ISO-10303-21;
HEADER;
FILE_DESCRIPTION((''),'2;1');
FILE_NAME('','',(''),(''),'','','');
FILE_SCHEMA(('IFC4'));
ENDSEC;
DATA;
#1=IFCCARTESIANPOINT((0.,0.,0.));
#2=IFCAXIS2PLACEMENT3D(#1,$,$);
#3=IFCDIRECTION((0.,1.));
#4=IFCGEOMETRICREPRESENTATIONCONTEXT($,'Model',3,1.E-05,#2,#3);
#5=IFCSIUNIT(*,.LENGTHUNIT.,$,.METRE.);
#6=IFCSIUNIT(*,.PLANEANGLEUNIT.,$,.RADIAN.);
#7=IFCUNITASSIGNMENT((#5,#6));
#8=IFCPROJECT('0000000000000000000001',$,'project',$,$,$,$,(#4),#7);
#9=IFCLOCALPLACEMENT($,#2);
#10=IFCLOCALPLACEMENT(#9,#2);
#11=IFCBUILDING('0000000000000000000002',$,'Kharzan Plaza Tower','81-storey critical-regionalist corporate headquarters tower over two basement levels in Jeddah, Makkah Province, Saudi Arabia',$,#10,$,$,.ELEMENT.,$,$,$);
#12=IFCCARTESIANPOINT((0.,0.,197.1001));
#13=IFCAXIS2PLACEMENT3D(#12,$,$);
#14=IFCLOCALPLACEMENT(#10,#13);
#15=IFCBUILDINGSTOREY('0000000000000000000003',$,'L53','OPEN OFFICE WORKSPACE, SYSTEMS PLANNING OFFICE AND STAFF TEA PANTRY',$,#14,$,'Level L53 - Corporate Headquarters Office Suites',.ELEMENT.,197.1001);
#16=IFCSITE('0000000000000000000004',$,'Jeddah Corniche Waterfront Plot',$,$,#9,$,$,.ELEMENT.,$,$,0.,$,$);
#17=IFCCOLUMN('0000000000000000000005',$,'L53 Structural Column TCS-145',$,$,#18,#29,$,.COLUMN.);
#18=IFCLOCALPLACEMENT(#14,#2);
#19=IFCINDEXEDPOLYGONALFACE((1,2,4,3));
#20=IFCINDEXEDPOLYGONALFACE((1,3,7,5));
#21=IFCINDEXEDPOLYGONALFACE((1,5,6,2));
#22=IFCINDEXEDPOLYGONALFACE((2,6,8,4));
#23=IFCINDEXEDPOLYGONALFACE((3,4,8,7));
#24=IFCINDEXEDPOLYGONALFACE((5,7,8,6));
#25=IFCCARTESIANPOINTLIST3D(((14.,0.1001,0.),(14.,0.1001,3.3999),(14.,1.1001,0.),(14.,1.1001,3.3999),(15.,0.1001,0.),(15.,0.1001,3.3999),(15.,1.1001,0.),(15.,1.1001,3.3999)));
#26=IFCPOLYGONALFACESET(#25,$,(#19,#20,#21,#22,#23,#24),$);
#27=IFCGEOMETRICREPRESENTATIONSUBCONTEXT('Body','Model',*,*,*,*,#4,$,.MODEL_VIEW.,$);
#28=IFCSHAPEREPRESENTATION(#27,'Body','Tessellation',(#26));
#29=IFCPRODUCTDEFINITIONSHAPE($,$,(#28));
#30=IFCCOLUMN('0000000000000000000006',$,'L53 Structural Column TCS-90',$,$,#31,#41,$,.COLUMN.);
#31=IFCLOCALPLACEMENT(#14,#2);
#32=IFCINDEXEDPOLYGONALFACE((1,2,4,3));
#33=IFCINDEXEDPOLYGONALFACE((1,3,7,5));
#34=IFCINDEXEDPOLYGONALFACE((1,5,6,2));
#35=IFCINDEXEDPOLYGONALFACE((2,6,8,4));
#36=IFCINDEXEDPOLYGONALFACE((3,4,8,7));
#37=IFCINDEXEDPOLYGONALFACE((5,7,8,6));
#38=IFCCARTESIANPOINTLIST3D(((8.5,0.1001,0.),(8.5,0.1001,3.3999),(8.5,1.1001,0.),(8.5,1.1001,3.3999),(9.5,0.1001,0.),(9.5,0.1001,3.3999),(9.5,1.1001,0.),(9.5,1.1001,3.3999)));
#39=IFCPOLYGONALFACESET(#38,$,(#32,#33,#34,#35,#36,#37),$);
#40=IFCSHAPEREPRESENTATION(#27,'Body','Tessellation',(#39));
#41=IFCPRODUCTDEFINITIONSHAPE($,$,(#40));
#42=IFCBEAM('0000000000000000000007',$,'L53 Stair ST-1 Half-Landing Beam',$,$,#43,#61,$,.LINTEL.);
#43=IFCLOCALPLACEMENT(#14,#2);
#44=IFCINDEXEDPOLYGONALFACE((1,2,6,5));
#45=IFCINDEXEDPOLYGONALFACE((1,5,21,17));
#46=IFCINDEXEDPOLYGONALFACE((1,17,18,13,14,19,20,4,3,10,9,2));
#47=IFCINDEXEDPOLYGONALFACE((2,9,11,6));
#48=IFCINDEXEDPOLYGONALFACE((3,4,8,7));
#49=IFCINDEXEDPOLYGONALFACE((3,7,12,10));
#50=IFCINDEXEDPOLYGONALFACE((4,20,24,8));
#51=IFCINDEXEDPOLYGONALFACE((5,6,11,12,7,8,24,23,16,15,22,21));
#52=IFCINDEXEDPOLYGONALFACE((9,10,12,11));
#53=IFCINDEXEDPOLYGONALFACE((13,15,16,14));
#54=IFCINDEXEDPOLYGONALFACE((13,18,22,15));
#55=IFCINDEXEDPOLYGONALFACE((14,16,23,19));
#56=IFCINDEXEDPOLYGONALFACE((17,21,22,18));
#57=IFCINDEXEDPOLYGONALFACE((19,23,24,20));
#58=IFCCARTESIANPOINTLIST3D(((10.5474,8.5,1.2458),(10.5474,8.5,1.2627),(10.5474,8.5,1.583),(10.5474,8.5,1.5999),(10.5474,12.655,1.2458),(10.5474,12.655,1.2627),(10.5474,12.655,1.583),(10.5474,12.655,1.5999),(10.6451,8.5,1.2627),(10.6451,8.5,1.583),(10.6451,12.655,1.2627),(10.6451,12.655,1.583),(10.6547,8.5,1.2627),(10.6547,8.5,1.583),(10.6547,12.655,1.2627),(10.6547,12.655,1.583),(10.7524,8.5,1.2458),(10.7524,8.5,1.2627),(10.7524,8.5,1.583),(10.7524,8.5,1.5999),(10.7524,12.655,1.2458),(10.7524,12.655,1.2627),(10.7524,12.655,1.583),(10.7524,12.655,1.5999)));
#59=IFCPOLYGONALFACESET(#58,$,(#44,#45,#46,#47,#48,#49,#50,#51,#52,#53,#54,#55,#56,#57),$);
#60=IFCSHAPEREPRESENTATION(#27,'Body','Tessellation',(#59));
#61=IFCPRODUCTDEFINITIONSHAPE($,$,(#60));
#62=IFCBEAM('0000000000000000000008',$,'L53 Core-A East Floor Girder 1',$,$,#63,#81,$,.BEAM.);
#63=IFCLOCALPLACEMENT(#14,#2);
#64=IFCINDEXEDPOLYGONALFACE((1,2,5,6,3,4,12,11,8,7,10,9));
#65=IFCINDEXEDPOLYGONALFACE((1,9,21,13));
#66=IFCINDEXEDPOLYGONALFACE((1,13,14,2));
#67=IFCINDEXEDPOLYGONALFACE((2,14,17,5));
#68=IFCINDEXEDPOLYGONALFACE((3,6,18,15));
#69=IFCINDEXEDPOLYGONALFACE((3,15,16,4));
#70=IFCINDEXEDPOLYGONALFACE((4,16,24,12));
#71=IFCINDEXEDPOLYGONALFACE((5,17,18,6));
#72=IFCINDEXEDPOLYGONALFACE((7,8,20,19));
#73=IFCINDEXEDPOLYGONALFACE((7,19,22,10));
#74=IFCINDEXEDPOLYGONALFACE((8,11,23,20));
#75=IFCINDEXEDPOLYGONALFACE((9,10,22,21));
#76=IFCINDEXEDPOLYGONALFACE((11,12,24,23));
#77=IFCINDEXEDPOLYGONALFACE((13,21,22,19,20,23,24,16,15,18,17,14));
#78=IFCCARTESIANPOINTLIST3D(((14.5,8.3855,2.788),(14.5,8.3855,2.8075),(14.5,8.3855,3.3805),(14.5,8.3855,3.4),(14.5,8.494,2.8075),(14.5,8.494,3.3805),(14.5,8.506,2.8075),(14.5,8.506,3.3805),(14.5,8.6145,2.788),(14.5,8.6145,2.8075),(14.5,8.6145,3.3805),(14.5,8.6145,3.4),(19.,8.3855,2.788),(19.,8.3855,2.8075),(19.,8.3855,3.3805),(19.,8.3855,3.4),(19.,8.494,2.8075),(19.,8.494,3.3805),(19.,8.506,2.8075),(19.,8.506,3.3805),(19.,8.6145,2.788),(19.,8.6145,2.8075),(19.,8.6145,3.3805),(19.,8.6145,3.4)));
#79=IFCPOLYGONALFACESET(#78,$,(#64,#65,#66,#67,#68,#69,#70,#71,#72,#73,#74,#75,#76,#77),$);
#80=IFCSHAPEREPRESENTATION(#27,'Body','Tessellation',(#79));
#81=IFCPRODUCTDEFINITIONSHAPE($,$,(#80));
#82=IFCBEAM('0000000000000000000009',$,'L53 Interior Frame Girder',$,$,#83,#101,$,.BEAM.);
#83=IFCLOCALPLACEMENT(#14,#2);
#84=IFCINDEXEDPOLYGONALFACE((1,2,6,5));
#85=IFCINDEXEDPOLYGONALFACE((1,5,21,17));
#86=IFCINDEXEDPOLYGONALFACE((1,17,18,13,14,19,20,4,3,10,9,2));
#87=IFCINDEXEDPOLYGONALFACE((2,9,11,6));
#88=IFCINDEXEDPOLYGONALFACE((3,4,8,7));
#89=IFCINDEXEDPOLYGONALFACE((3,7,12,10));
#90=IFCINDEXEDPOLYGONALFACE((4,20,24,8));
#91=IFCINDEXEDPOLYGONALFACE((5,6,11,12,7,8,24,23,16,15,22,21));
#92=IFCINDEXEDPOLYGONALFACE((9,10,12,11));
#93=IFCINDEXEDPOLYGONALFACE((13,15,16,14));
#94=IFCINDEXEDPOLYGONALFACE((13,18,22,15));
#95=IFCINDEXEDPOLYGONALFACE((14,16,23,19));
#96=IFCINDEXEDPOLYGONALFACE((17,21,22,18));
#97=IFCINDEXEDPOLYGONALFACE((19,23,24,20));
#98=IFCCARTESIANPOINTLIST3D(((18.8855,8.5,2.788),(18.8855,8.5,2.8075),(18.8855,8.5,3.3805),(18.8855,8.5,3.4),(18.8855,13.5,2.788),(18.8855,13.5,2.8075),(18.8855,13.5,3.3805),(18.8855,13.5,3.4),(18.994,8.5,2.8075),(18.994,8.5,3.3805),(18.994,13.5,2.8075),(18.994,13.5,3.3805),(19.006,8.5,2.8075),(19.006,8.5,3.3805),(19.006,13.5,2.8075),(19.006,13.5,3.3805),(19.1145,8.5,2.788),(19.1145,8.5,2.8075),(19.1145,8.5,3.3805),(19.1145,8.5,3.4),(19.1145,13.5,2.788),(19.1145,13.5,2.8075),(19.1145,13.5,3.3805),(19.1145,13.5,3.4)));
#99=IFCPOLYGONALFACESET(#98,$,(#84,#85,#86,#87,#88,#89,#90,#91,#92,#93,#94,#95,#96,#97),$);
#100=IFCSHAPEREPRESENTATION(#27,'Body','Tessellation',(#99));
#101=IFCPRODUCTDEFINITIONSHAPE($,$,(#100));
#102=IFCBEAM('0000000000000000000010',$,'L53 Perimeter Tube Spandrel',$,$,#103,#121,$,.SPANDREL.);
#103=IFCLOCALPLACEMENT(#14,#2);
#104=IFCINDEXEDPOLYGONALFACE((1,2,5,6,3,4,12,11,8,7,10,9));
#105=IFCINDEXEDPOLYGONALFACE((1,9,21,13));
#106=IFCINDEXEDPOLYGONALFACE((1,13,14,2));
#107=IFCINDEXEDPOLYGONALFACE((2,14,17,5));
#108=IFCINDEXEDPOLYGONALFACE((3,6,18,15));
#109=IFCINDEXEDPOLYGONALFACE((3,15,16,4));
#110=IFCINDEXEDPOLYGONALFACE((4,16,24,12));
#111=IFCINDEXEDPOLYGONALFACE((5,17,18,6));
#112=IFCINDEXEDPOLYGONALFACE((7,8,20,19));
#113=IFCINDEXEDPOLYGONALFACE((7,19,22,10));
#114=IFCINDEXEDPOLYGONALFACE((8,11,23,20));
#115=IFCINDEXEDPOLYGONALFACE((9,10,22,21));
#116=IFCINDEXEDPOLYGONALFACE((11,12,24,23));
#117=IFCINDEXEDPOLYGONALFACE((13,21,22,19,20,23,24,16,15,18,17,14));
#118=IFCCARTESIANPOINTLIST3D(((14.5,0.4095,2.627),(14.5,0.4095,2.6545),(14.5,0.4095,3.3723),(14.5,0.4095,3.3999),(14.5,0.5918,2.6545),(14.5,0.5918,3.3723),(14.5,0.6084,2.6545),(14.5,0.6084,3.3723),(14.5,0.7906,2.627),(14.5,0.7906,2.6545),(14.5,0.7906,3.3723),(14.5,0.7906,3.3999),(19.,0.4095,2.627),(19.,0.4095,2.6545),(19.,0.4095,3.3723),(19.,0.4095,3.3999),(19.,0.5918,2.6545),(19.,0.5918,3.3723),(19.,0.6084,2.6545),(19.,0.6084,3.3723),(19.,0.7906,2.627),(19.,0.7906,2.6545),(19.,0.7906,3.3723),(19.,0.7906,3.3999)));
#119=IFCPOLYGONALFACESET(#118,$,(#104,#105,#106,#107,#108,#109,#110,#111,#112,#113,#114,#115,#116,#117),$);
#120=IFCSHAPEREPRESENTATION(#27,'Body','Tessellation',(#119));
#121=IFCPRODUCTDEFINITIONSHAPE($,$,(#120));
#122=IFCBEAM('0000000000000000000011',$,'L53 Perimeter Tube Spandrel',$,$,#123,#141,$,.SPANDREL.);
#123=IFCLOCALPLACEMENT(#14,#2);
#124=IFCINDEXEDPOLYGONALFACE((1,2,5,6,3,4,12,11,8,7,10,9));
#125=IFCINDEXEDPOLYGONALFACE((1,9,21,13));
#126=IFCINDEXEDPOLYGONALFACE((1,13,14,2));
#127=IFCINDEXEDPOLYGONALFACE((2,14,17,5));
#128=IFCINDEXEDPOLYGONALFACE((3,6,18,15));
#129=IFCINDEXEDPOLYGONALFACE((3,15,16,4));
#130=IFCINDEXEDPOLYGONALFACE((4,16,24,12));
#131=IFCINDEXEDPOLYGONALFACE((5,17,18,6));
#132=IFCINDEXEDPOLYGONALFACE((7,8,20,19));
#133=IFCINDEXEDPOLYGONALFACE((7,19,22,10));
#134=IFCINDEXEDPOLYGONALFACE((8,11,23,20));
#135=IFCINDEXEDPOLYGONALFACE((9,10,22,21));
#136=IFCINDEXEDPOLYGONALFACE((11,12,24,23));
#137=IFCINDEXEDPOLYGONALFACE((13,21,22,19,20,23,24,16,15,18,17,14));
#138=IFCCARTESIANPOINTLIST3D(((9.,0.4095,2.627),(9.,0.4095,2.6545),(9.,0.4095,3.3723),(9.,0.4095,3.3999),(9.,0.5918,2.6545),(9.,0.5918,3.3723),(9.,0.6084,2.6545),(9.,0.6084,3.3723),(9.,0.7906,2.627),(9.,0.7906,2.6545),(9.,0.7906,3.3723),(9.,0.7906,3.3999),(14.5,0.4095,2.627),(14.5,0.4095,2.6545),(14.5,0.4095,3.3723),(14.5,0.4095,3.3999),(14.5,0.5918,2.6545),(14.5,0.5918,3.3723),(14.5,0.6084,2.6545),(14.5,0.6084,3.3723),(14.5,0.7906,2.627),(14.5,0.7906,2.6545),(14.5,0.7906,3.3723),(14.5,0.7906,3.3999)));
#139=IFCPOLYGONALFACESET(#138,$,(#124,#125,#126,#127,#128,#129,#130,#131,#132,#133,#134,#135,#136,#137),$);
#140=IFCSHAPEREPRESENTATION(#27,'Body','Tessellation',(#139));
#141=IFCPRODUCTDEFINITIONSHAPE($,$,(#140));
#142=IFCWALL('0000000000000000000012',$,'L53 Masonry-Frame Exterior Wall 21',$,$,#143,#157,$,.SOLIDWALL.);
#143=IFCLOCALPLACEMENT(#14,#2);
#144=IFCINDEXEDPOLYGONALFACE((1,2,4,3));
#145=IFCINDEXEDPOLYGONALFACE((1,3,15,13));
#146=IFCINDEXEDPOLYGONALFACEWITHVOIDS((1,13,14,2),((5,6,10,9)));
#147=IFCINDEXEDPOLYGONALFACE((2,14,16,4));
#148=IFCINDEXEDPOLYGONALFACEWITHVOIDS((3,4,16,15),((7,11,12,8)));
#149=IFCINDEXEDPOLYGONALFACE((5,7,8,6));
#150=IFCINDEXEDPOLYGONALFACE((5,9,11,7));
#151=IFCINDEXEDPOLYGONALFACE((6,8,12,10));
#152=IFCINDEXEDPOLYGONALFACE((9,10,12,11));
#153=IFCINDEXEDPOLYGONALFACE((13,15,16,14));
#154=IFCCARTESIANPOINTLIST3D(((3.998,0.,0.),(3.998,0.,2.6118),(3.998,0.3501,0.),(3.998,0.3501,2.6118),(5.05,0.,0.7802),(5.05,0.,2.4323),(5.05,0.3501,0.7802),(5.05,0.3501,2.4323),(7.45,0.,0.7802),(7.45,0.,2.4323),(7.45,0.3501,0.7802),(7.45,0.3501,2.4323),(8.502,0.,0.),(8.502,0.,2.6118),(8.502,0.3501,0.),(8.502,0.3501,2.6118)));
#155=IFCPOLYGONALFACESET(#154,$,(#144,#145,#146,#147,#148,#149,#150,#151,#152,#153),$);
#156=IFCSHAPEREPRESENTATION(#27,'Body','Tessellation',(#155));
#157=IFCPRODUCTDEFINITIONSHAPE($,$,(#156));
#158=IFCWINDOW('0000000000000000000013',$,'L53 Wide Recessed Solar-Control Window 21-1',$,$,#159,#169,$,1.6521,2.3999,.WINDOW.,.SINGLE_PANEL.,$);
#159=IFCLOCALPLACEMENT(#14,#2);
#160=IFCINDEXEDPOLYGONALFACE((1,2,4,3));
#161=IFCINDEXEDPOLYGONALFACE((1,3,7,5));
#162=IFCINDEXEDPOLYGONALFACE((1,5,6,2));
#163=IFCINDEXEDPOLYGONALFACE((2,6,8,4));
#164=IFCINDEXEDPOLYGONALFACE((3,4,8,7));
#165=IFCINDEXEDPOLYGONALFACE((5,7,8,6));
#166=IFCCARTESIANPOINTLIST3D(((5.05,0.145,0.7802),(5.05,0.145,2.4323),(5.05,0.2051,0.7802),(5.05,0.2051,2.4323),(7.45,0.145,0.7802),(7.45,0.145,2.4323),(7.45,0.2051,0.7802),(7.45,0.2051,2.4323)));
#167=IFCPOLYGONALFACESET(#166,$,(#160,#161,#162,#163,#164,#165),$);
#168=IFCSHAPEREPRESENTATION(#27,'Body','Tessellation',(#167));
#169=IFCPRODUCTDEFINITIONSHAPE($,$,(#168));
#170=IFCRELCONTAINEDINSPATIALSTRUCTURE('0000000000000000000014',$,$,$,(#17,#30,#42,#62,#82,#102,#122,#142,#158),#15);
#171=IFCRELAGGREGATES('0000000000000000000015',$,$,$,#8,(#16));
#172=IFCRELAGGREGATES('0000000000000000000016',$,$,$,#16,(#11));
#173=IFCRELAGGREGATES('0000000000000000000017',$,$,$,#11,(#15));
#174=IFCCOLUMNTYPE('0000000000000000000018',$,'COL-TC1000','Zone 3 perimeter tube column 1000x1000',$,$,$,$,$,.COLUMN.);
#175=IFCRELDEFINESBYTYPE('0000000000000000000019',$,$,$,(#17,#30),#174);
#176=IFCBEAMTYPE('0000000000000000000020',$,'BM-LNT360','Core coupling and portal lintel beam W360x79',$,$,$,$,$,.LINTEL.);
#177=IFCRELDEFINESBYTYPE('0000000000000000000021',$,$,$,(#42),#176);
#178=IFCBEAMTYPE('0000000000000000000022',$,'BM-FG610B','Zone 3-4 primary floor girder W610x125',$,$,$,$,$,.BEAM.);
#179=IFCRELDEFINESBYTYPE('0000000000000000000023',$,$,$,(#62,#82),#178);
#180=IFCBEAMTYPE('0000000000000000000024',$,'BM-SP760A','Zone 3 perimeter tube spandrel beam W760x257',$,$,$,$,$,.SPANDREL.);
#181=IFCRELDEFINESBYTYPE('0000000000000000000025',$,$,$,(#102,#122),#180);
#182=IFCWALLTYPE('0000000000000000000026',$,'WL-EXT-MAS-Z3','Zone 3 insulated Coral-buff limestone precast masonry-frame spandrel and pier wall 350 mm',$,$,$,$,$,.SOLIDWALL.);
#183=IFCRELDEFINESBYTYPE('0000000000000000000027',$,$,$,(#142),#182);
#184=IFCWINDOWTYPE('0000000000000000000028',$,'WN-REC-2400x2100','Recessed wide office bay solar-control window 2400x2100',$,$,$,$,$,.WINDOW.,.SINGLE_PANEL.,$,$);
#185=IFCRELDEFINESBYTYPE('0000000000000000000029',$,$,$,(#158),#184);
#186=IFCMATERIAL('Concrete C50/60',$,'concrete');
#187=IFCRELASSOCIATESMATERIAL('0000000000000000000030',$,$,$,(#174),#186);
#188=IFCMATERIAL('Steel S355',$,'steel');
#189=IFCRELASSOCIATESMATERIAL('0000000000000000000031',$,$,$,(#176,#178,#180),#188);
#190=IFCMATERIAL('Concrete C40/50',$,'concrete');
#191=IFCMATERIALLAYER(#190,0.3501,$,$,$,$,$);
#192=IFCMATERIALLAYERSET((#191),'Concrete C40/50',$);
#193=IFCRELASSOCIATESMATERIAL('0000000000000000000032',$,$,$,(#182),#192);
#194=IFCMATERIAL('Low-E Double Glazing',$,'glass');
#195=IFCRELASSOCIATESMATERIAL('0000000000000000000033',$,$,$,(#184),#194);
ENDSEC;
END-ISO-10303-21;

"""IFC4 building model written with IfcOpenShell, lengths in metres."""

from ifc_helpers import new_model, si_unit, direction, frame, frame_2d, origin, origin_2d, place, context, subcontext, project, spatial, rectangle, i_section, extrude, source, transform, mapped, material, layer, layer_set, material_profile, profile_set, type_object, element, fill, save


model = new_model("IFC4")

# Units and contexts
model_context = context("Model", 3, precision=1e-05, world=origin(), true_north=direction((0.0, 1.0)))
body_context = subcontext(model_context, "Body", "Model", "MODEL_VIEW")
ifc_project = project(units=[si_unit("LENGTHUNIT", "METRE"), si_unit("PLANEANGLEUNIT", "RADIAN")], contexts=[model_context])

# Site, building, storey
site_placement = place(None, origin())
site = spatial("IfcSite", under=ifc_project, at=site_placement, Name="Jeddah Corniche Waterfront Plot", CompositionType="ELEMENT", RefElevation=0.0)
building_placement = place(site_placement, origin())
building = spatial("IfcBuilding", under=site, at=building_placement, Name="Kharzan Plaza Tower", Description="81-storey critical-regionalist corporate headquarters tower over two basement levels in Jeddah, Makkah Province, Saudi Arabia", CompositionType="ELEMENT")
storey_placement = place(building_placement, frame((0.0, 0.0, 197.1001)))
storey = spatial("IfcBuildingStorey", under=building, at=storey_placement, Name="L53", Description="OPEN OFFICE WORKSPACE, SYSTEMS PLANNING OFFICE AND STAFF TEA PANTRY", LongName="Level L53 - Corporate Headquarters Office Suites", CompositionType="ELEMENT", Elevation=197.1001)

# Columns
ifc_material_1 = material(Name="Concrete C50/60", Category="concrete")
ifc_material_profile_1 = material_profile(ifc_material_1, rectangle(XDim=1.0, YDim=1.0, at=origin_2d()), Name="RC-TC1000x1000")
ifc_profile_set_1 = profile_set([ifc_material_profile_1], Name="Concrete C50/60")
column_type = type_object("IfcColumnType", Name="COL-TC1000", Description="Zone 3 perimeter tube column 1000x1000", PredefinedType="COLUMN", material=ifc_profile_set_1)
shared_shape_1 = source(origin(), body_context, "Body", "SweptSolid", [
    extrude(rectangle(XDim=1.0, YDim=1.0, at=origin_2d()), origin(), (0.0, 0.0, 1.0), 3.3999),
])
for number, where, z_axis, x_axis, name in (
    (1, (14.5, 0.6001, 0.0), (0.0, 0.0, 1.0), (1.0, 0.0, 0.0), "L53 Structural Column TCS-145"),
    (2, (9.0, 0.6001, 0.0), (0.0, 0.0, 1.0), (1.0, 0.0, 0.0), "L53 Structural Column TCS-90"),
):
    element("IfcColumn", number, at=place(storey_placement, frame(where, z_axis=z_axis, x_axis=x_axis)), inside=storey, type_object=column_type, Name=name, PredefinedType="COLUMN", context=body_context, shape_type="MappedRepresentation", body=[
        mapped(shared_shape_1, transform((0.0, 0.0, 0.0), x_axis=(1.0, 0.0, 0.0), y_axis=(0.0, 1.0, 0.0), z_axis=(0.0, 0.0, 1.0))),
    ])

# Beams
ifc_material_2 = material(Name="Steel S355", Category="steel")
ifc_material_profile_2 = material_profile(ifc_material_2, i_section(OverallWidth=0.2051, OverallDepth=0.354, WebThickness=0.0095, FlangeThickness=0.0168, at=origin_2d()), Name="W360x79")
ifc_profile_set_2 = profile_set([ifc_material_profile_2], Name="Steel S355")
beam_type_1 = type_object("IfcBeamType", Name="BM-LNT360", Description="Core coupling and portal lintel beam W360x79", PredefinedType="LINTEL", material=ifc_profile_set_2)
shared_shape_2 = source(origin(), body_context, "Body", "SweptSolid", [
    extrude(i_section(OverallWidth=0.2051, OverallDepth=0.354, WebThickness=0.0095, FlangeThickness=0.0168, at=origin_2d()), origin(), (0.0, 0.0, 1.0), 4.155),
])
beam_1_placement = place(storey_placement, frame((10.6499, 8.5, 1.4229), z_axis=(0.0, 1.0, 0.0), x_axis=(-1.0, 0.0, 0.0)))
element("IfcBeam", 3, at=beam_1_placement, inside=storey, type_object=beam_type_1, Name="L53 Stair ST-1 Half-Landing Beam", PredefinedType="LINTEL", context=body_context, shape_type="MappedRepresentation", body=[
    mapped(shared_shape_2, transform((0.0, 0.0, 0.0), x_axis=(1.0, 0.0, 0.0), y_axis=(0.0, 1.0, 0.0), z_axis=(0.0, 0.0, 1.0))),
])
ifc_material_profile_3 = material_profile(ifc_material_2, i_section(OverallWidth=0.229, OverallDepth=0.6121, WebThickness=0.012, FlangeThickness=0.0195, at=origin_2d()), Name="W610x125")
ifc_profile_set_3 = profile_set([ifc_material_profile_3], Name="Steel S355")
beam_type_2 = type_object("IfcBeamType", Name="BM-FG610B", Description="Zone 3-4 primary floor girder W610x125", PredefinedType="BEAM", material=ifc_profile_set_3)
shared_shape_3 = source(origin(), body_context, "Body", "SweptSolid", [
    extrude(i_section(OverallWidth=0.229, OverallDepth=0.6121, WebThickness=0.012, FlangeThickness=0.0195, at=origin_2d()), origin(), (0.0, 0.0, 1.0), 4.5),
])
beam_2_placement = place(storey_placement, frame((14.5, 8.5, 3.094), z_axis=(1.0, 0.0, 0.0), x_axis=(0.0, 1.0, 0.0)))
element("IfcBeam", 4, at=beam_2_placement, inside=storey, type_object=beam_type_2, Name="L53 Core-A East Floor Girder 1", PredefinedType="BEAM", context=body_context, shape_type="MappedRepresentation", body=[
    mapped(shared_shape_3, transform((0.0, 0.0, 0.0), x_axis=(1.0, 0.0, 0.0), y_axis=(0.0, 1.0, 0.0), z_axis=(0.0, 0.0, 1.0))),
])
shared_shape_4 = source(origin(), body_context, "Body", "SweptSolid", [
    extrude(i_section(OverallWidth=0.229, OverallDepth=0.6121, WebThickness=0.012, FlangeThickness=0.0195, at=origin_2d()), origin(), (0.0, 0.0, 1.0), 5.0),
])
beam_3_placement = place(storey_placement, frame((19.0, 8.5, 3.094), z_axis=(0.0, 1.0, 0.0), x_axis=(-1.0, 0.0, 0.0)))
element("IfcBeam", 5, at=beam_3_placement, inside=storey, type_object=beam_type_2, Name="L53 Interior Frame Girder", PredefinedType="BEAM", context=body_context, shape_type="MappedRepresentation", body=[
    mapped(shared_shape_4, transform((0.0, 0.0, 0.0), x_axis=(1.0, 0.0, 0.0), y_axis=(0.0, 1.0, 0.0), z_axis=(0.0, 0.0, 1.0))),
])
ifc_material_profile_4 = material_profile(ifc_material_2, i_section(OverallWidth=0.3811, OverallDepth=0.7729, WebThickness=0.0166, FlangeThickness=0.0276, at=origin_2d()), Name="W760x257")
ifc_profile_set_4 = profile_set([ifc_material_profile_4], Name="Steel S355")
beam_type_3 = type_object("IfcBeamType", Name="BM-SP760A", Description="Zone 3 perimeter tube spandrel beam W760x257", PredefinedType="SPANDREL", material=ifc_profile_set_4)
shared_shape_5 = source(origin(), body_context, "Body", "SweptSolid", [
    extrude(i_section(OverallWidth=0.3811, OverallDepth=0.7729, WebThickness=0.0166, FlangeThickness=0.0276, at=origin_2d()), origin(), (0.0, 0.0, 1.0), 4.5),
])
beam_4_placement = place(storey_placement, frame((14.5, 0.6001, 3.0134), z_axis=(1.0, 0.0, 0.0), x_axis=(0.0, 1.0, 0.0)))
element("IfcBeam", 6, at=beam_4_placement, inside=storey, type_object=beam_type_3, Name="L53 Perimeter Tube Spandrel", PredefinedType="SPANDREL", context=body_context, shape_type="MappedRepresentation", body=[
    mapped(shared_shape_5, transform((0.0, 0.0, 0.0), x_axis=(1.0, 0.0, 0.0), y_axis=(0.0, 1.0, 0.0), z_axis=(0.0, 0.0, 1.0))),
])
shared_shape_6 = source(origin(), body_context, "Body", "SweptSolid", [
    extrude(i_section(OverallWidth=0.3811, OverallDepth=0.7729, WebThickness=0.0166, FlangeThickness=0.0276, at=origin_2d()), origin(), (0.0, 0.0, 1.0), 5.5),
])
beam_5_placement = place(storey_placement, frame((9.0, 0.6001, 3.0134), z_axis=(1.0, 0.0, 0.0), x_axis=(0.0, 1.0, 0.0)))
element("IfcBeam", 7, at=beam_5_placement, inside=storey, type_object=beam_type_3, Name="L53 Perimeter Tube Spandrel", PredefinedType="SPANDREL", context=body_context, shape_type="MappedRepresentation", body=[
    mapped(shared_shape_6, transform((0.0, 0.0, 0.0), x_axis=(1.0, 0.0, 0.0), y_axis=(0.0, 1.0, 0.0), z_axis=(0.0, 0.0, 1.0))),
])

# Wall, opening, window
ifc_material_3 = material(Name="Concrete C40/50", Category="concrete")
ifc_layer_1 = layer(ifc_material_3, 0.3501)
ifc_layer_set_1 = layer_set([ifc_layer_1], Name="Concrete C40/50")
wall_type_1 = type_object("IfcWallType", Name="WL-EXT-MAS-Z3", Description="Zone 3 insulated Coral-buff limestone precast masonry-frame spandrel and pier wall 350 mm", PredefinedType="SOLIDWALL", material=ifc_layer_set_1)
wall_1_placement = place(storey_placement, frame((3.998, 0.175, 0.0), z_axis=(0.0, 0.0, 1.0), x_axis=(1.0, 0.0, 0.0)))
wall_1 = element("IfcWall", 8, at=wall_1_placement, inside=storey, type_object=wall_type_1, Name="L53 Masonry-Frame Exterior Wall 21", PredefinedType="SOLIDWALL", context=body_context, shape_type="SweptSolid", body=[
    extrude(rectangle(XDim=4.5039, YDim=0.3501, at=frame_2d((2.252, 0.0))), origin(), (0.0, 0.0, 1.0), 2.6118),
])
opening_1_placement = place(wall_1_placement, frame((1.052, 0.0, 0.78)))
opening_1 = element("IfcOpeningElement", 9, at=opening_1_placement, cuts=wall_1, PredefinedType="OPENING", context=body_context, shape_type="SweptSolid", body=[
    extrude(rectangle(XDim=2.3999, YDim=1.6521, at=frame_2d((1.2, 0.8262))), frame((0.0, 0.1851, 0.0), z_axis=(0.0, -1.0, 0.0), x_axis=(1.0, 0.0, 0.0)), (0.0, 0.0, 1.0), 0.3701),
])
ifc_material_4 = material(Name="Low-E Double Glazing", Category="glass")
window_type = type_object("IfcWindowType", Name="WN-REC-2400x2100", Description="Recessed wide office bay solar-control window 2400x2100", PartitioningType="SINGLE_PANEL", PredefinedType="WINDOW", material=ifc_material_4)
shared_shape_7 = source(origin(), body_context, "Body", "SweptSolid", [
    extrude(rectangle(XDim=2.3999, YDim=1.6521, at=frame_2d((1.2, 0.8262))), frame((0.0, 0.03, 0.0), z_axis=(0.0, -1.0, 0.0), x_axis=(1.0, 0.0, 0.0)), (0.0, 0.0, 1.0), 0.0601),
])
window_1_placement = place(opening_1_placement, origin())
window_1 = element("IfcWindow", 10, at=window_1_placement, inside=storey, type_object=window_type, Name="L53 Wide Recessed Solar-Control Window 21-1", OverallHeight=1.6521, OverallWidth=2.3999, PartitioningType="SINGLE_PANEL", PredefinedType="WINDOW", context=body_context, shape_type="MappedRepresentation", body=[
    mapped(shared_shape_7, transform((0.0, 0.0, 0.0), x_axis=(1.0, 0.0, 0.0), y_axis=(0.0, 1.0, 0.0), z_axis=(0.0, 0.0, 1.0))),
])
fill(opening_1, window_1)

save(model, "model.ifc")
